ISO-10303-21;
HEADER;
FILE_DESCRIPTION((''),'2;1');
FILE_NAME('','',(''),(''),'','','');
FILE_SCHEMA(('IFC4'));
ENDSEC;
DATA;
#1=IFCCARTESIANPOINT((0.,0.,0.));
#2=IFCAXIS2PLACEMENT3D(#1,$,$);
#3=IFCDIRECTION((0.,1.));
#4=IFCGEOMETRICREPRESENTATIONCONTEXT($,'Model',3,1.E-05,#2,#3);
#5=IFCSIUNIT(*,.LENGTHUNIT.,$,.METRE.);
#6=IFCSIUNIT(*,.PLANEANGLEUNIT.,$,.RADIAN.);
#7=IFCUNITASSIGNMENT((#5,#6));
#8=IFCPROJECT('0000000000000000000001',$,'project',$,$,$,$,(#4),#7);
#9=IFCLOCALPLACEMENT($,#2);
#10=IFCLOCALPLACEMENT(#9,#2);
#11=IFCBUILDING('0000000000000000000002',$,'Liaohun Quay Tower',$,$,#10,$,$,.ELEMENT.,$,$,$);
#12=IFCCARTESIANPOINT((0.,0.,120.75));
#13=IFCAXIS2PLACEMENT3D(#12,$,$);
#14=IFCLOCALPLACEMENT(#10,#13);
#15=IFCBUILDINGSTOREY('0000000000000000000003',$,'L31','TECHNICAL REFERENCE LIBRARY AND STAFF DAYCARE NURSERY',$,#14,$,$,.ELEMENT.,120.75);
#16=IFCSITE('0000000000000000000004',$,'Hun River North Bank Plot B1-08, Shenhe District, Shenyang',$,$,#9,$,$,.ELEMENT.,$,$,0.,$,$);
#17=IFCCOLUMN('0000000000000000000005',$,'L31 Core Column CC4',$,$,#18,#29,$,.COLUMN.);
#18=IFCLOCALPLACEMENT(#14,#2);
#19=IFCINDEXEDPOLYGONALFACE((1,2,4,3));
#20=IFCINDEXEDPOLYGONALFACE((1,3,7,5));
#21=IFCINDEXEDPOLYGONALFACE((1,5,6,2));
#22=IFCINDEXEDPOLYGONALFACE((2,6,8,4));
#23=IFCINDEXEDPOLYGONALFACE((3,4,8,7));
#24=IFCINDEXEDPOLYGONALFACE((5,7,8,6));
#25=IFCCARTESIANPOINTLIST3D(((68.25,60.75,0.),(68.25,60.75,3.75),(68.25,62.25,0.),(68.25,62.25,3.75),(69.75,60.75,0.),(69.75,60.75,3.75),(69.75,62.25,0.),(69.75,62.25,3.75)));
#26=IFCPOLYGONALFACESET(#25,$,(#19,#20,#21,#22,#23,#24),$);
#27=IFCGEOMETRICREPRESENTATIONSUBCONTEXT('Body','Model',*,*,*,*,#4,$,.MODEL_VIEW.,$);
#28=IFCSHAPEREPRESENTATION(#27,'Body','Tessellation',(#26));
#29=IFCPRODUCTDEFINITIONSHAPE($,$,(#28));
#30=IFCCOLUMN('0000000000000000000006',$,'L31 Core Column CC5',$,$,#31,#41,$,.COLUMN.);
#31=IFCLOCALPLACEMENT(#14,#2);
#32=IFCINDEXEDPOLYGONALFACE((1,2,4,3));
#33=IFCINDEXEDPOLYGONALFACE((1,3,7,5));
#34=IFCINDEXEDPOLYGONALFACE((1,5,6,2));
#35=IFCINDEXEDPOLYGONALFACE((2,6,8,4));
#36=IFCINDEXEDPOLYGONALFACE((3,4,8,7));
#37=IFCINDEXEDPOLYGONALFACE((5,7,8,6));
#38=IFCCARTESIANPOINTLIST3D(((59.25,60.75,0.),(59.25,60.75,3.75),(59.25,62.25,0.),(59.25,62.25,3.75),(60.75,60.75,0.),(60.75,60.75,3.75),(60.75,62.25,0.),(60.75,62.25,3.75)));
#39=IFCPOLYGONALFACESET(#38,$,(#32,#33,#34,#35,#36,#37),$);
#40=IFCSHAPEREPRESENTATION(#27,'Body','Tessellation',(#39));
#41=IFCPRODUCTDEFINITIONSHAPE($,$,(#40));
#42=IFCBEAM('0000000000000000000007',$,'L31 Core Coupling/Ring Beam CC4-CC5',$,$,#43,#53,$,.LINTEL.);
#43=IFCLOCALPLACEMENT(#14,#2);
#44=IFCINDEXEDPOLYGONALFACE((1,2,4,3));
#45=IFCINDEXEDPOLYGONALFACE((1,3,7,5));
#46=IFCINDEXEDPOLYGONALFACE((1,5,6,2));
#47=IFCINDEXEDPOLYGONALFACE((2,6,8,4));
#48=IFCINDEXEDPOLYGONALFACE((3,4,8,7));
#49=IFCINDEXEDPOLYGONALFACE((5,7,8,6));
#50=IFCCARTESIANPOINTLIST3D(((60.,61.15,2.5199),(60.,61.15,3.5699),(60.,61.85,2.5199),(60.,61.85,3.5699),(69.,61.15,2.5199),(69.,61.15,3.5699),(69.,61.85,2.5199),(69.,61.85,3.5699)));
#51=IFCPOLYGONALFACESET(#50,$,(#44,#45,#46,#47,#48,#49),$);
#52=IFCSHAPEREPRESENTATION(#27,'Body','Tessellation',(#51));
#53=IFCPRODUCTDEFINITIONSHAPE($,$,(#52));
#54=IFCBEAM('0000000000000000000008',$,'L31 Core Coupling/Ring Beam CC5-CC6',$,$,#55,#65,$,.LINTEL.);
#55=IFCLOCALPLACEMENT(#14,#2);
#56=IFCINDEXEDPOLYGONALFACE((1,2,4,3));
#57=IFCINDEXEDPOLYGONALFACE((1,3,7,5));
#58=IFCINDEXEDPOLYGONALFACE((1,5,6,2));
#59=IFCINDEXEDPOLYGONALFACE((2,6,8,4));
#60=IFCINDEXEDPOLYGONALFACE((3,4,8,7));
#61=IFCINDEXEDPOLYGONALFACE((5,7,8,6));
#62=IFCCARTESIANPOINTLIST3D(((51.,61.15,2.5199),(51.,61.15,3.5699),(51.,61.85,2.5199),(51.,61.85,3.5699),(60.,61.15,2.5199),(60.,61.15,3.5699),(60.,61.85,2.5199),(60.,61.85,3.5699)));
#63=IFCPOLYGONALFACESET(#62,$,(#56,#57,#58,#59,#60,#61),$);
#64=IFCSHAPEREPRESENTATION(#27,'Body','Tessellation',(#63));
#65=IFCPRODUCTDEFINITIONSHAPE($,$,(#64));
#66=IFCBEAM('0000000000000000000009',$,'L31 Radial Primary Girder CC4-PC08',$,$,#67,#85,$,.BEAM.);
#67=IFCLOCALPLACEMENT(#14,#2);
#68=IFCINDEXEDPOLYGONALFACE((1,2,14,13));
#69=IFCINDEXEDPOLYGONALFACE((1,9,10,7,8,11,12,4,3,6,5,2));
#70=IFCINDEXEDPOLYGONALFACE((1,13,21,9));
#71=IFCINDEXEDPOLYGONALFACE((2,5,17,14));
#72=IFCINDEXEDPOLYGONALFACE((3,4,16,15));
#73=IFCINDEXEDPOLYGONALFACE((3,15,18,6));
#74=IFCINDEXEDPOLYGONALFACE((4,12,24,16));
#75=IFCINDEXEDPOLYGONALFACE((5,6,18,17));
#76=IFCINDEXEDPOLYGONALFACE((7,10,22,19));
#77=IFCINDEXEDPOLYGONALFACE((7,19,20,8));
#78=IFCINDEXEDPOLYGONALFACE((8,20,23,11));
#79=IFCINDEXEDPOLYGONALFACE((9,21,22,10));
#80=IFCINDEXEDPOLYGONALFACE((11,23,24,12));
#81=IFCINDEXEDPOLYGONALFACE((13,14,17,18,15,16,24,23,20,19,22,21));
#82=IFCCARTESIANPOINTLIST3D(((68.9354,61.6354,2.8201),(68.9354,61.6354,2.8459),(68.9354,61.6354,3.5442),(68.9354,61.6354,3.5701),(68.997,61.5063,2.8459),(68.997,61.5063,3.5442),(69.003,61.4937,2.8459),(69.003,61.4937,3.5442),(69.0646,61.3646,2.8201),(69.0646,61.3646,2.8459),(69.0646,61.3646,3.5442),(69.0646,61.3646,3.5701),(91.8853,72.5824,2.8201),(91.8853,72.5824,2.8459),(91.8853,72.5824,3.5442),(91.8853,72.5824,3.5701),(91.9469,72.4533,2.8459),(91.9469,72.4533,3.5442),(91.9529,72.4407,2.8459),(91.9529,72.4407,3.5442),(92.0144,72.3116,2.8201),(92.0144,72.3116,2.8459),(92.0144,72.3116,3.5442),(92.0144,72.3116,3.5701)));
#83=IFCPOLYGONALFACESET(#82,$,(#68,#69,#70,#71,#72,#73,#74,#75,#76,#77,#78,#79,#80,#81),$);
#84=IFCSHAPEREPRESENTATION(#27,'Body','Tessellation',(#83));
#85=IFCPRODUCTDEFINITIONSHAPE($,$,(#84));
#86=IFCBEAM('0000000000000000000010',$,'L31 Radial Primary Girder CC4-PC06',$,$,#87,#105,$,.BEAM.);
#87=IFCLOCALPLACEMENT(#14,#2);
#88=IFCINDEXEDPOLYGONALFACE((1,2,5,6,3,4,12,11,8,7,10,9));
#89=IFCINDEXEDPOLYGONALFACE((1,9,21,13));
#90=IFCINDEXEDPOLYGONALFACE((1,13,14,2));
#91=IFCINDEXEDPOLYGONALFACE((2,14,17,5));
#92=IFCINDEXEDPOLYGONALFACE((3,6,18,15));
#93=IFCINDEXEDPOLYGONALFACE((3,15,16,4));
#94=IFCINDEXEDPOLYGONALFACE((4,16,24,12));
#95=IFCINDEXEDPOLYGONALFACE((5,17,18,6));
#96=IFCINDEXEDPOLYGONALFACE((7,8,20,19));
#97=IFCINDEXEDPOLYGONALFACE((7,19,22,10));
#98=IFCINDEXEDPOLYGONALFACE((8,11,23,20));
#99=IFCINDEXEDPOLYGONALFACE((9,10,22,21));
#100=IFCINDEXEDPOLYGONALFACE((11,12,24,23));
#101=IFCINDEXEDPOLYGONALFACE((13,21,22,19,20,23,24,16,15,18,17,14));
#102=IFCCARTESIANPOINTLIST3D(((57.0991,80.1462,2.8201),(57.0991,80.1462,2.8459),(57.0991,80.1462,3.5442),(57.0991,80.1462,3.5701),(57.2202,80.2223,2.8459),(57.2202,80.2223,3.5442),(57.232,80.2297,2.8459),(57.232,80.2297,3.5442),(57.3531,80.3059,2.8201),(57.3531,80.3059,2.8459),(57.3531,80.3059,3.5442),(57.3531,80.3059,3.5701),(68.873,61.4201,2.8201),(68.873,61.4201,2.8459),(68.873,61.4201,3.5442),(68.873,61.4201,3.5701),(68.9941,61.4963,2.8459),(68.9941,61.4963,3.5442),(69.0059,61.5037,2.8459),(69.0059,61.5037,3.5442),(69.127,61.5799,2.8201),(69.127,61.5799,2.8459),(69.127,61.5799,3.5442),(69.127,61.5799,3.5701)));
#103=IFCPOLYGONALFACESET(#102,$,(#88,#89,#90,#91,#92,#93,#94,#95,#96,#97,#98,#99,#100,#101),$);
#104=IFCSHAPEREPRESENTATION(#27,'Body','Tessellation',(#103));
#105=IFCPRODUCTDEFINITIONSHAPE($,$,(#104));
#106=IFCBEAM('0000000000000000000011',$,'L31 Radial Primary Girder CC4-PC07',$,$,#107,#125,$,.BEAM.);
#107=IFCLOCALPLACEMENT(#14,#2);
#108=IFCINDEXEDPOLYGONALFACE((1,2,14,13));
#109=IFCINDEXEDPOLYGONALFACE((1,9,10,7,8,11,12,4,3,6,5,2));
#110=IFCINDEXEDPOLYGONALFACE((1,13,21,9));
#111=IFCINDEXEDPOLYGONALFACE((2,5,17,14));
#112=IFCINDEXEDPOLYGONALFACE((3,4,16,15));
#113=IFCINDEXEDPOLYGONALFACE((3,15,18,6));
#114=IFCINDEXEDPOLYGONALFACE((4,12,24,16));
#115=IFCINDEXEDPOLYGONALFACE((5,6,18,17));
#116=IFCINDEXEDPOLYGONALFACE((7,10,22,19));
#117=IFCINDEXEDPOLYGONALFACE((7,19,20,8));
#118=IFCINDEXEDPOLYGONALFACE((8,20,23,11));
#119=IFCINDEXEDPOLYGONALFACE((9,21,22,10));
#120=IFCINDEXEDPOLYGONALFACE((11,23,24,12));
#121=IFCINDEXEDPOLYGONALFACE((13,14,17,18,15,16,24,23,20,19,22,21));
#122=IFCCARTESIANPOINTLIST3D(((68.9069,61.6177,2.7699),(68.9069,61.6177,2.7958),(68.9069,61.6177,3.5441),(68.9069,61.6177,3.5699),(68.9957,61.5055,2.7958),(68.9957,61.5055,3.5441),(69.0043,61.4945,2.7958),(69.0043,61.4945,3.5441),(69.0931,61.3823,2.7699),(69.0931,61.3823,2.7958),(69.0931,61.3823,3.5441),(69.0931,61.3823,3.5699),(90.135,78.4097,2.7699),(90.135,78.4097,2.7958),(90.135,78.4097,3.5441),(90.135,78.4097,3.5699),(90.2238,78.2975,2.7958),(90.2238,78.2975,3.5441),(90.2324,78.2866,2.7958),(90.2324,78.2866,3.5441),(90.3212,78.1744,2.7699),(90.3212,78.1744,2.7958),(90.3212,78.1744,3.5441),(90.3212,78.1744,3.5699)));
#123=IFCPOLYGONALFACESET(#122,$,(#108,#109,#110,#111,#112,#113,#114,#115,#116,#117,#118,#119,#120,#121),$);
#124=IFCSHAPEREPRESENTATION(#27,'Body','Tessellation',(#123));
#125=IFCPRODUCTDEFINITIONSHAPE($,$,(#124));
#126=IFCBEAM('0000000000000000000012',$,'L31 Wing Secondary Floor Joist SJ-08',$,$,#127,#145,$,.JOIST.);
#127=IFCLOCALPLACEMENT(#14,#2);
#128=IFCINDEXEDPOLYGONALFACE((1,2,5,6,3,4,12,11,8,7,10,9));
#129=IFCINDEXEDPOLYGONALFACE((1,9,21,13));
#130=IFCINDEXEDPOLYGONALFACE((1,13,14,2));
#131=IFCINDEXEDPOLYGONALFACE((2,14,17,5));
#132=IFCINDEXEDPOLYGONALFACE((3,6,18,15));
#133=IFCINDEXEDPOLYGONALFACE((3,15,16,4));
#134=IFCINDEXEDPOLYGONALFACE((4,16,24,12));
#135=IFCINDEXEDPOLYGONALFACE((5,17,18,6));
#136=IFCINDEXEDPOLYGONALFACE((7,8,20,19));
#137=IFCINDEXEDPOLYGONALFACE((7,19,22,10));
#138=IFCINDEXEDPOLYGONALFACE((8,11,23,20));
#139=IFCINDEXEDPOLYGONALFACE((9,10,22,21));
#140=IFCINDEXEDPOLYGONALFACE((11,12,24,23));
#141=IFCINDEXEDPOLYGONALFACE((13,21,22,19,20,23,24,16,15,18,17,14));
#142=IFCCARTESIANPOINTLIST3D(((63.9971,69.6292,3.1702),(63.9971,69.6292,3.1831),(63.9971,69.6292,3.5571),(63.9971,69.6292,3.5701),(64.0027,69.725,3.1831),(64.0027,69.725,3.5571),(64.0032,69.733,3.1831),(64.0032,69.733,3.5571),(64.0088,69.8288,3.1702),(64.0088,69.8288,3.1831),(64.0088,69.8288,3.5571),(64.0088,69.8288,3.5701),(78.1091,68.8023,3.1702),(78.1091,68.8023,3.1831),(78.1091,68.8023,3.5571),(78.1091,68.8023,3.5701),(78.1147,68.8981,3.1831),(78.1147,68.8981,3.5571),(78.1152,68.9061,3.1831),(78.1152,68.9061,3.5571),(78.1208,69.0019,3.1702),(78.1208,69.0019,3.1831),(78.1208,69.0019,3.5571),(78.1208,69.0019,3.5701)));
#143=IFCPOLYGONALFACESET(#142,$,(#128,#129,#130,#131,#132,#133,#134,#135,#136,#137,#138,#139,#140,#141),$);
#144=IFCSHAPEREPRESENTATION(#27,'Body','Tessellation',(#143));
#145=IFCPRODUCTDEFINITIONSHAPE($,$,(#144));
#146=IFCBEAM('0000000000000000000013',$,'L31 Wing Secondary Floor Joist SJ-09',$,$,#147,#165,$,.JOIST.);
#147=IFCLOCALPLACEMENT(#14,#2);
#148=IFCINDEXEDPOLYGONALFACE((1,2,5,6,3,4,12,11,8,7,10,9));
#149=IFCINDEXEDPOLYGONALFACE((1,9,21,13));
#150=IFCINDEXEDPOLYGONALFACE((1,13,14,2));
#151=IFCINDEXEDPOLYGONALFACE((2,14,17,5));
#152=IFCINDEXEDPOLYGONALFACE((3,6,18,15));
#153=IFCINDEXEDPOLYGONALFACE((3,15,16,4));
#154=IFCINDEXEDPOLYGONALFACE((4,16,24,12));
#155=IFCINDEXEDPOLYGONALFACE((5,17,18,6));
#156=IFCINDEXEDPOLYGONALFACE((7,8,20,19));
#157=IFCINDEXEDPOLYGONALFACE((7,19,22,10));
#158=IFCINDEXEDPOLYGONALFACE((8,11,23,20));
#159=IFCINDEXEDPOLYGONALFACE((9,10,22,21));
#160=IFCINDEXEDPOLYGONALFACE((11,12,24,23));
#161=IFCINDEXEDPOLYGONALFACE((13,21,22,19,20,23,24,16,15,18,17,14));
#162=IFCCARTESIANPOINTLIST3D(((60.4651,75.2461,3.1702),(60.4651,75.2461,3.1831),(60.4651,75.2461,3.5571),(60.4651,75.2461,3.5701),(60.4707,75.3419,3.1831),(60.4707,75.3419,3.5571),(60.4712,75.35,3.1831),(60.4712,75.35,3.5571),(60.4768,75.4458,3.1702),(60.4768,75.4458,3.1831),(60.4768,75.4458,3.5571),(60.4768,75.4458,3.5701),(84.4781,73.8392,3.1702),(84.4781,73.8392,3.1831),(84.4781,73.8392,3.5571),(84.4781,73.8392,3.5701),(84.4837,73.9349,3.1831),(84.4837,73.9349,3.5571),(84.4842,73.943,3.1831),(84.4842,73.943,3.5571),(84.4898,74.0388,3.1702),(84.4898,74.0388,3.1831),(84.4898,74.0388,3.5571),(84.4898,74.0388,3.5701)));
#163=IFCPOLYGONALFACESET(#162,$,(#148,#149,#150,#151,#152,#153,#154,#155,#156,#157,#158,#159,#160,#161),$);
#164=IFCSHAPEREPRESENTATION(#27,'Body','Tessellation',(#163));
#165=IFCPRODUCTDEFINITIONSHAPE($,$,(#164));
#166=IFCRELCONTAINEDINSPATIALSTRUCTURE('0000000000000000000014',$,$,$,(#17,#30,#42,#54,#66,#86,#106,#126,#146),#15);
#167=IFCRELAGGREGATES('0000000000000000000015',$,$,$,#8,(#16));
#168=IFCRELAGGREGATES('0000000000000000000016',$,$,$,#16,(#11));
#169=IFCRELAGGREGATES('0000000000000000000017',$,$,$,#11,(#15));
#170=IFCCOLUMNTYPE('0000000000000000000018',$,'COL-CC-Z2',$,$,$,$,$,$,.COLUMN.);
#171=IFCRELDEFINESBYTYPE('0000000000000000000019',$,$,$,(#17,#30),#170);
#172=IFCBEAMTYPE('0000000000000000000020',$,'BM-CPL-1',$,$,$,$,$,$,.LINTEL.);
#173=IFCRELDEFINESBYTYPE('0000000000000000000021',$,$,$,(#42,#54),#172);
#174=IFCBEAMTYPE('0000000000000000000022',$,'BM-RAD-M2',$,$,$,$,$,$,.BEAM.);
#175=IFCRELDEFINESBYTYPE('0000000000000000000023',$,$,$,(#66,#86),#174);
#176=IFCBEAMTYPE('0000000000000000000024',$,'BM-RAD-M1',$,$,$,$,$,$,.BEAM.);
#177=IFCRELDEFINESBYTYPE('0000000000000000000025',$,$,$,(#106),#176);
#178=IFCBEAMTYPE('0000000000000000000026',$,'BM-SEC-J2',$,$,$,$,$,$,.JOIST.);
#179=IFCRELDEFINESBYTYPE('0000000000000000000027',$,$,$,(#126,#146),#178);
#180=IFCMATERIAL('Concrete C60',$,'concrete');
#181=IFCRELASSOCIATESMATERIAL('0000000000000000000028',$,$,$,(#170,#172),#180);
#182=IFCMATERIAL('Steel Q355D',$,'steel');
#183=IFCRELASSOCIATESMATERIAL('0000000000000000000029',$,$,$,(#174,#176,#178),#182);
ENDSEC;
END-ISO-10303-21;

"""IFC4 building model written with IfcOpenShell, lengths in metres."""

from ifc_helpers import new_model, si_unit, direction, frame, origin, origin_2d, place, context, subcontext, project, spatial, rectangle, i_section, extrude, source, transform, mapped, material, material_profile, profile_set, type_object, element, save


model = new_model("IFC4")

# Units and contexts
model_context = context("Model", 3, precision=1e-05, world=origin(), true_north=direction((0.0, 1.0)))
body_context = subcontext(model_context, "Body", "Model", "MODEL_VIEW")
ifc_project = project(units=[si_unit("LENGTHUNIT", "METRE"), si_unit("PLANEANGLEUNIT", "RADIAN")], contexts=[model_context])

# Site, building, storey
site_placement = place(None, origin())
site = spatial("IfcSite", under=ifc_project, at=site_placement, Name="Hun River North Bank Plot B1-08, Shenhe District, Shenyang", CompositionType="ELEMENT", RefElevation=0.0)
building_placement = place(site_placement, origin())
building = spatial("IfcBuilding", under=site, at=building_placement, Name="Liaohun Quay Tower", CompositionType="ELEMENT")
storey_placement = place(building_placement, frame((0.0, 0.0, 120.75)))
storey = spatial("IfcBuildingStorey", under=building, at=storey_placement, Name="L31", Description="TECHNICAL REFERENCE LIBRARY AND STAFF DAYCARE NURSERY", CompositionType="ELEMENT", Elevation=120.75)

# Columns
ifc_material_1 = material(Name="Concrete C60", Category="concrete")
ifc_material_profile_1 = material_profile(ifc_material_1, rectangle(XDim=1.5, YDim=1.5, at=origin_2d()), Name="RC1500x1500")
ifc_profile_set_1 = profile_set([ifc_material_profile_1], Name="Concrete C60")
column_type = type_object("IfcColumnType", Name="COL-CC-Z2", PredefinedType="COLUMN", material=ifc_profile_set_1)
shared_shape_1 = source(origin(), body_context, "Body", "SweptSolid", [
    extrude(rectangle(XDim=1.5, YDim=1.5, at=origin_2d()), origin(), (0.0, 0.0, 1.0), 3.75),
])
for number, where, z_axis, x_axis, name in (
    (1, (69.0, 61.5, 0.0), (0.0, 0.0, 1.0), (1.0, 0.0, 0.0), "L31 Core Column CC4"),
    (2, (60.0, 61.5, 0.0), (0.0, 0.0, 1.0), (1.0, 0.0, 0.0), "L31 Core Column CC5"),
):
    element("IfcColumn", number, at=place(storey_placement, frame(where, z_axis=z_axis, x_axis=x_axis)), inside=storey, type_object=column_type, Name=name, PredefinedType="COLUMN", context=body_context, shape_type="MappedRepresentation", body=[
        mapped(shared_shape_1, transform((0.0, 0.0, 0.0), x_axis=(1.0, 0.0, 0.0), y_axis=(0.0, 1.0, 0.0), z_axis=(0.0, 0.0, 1.0), scale=1.0)),
    ])

# Beams
ifc_material_profile_2 = material_profile(ifc_material_1, rectangle(XDim=0.7, YDim=1.05, at=origin_2d()), Name="RC700x1050")
ifc_profile_set_2 = profile_set([ifc_material_profile_2], Name="Concrete C60")
beam_type_1 = type_object("IfcBeamType", Name="BM-CPL-1", PredefinedType="LINTEL", material=ifc_profile_set_2)
shared_shape_2 = source(origin(), body_context, "Body", "SweptSolid", [
    extrude(rectangle(XDim=0.7, YDim=1.05, at=origin_2d()), origin(), (0.0, 0.0, 1.0), 9.0),
])
for number, where, z_axis, x_axis, name in (
    (3, (69.0, 61.5, 3.0449), (-1.0, 0.0, 0.0), (0.0, -1.0, 0.0), "L31 Core Coupling/Ring Beam CC4-CC5"),
    (4, (60.0, 61.5, 3.0449), (-1.0, 0.0, 0.0), (0.0, -1.0, 0.0), "L31 Core Coupling/Ring Beam CC5-CC6"),
):
    element("IfcBeam", number, at=place(storey_placement, frame(where, z_axis=z_axis, x_axis=x_axis)), inside=storey, type_object=beam_type_1, Name=name, PredefinedType="LINTEL", context=body_context, shape_type="MappedRepresentation", body=[
        mapped(shared_shape_2, transform((0.0, 0.0, 0.0), x_axis=(1.0, 0.0, 0.0), y_axis=(0.0, 1.0, 0.0), z_axis=(0.0, 0.0, 1.0), scale=1.0)),
    ])
ifc_material_2 = material(Name="Steel Q355D", Category="steel")
ifc_material_profile_3 = material_profile(ifc_material_2, i_section(OverallWidth=0.3, OverallDepth=0.75, WebThickness=0.0139, FlangeThickness=0.0259, at=origin_2d()), Name="HN750x300x14x26")
ifc_profile_set_3 = profile_set([ifc_material_profile_3], Name="Steel Q355D")
beam_type_2 = type_object("IfcBeamType", Name="BM-RAD-M2", PredefinedType="BEAM", material=ifc_profile_set_3)
shared_shape_3 = source(origin(), body_context, "Body", "SweptSolid", [
    extrude(i_section(OverallWidth=0.3, OverallDepth=0.75, WebThickness=0.0139, FlangeThickness=0.0259, at=origin_2d()), origin(), (0.0, 0.0, 1.0), 25.427),
])
beam_1_placement = place(storey_placement, frame((69.0, 61.5, 3.1951), z_axis=(0.902578, 0.430526, 0.0), x_axis=(-0.430526, 0.902578, 0.0)))
element("IfcBeam", 5, at=beam_1_placement, inside=storey, type_object=beam_type_2, Name="L31 Radial Primary Girder CC4-PC08", PredefinedType="BEAM", context=body_context, shape_type="MappedRepresentation", body=[
    mapped(shared_shape_3, transform((0.0, 0.0, 0.0), x_axis=(1.0, 0.0, 0.0), y_axis=(0.0, 1.0, 0.0), z_axis=(0.0, 0.0, 1.0), scale=1.0)),
])
shared_shape_4 = source(origin(), body_context, "Body", "SweptSolid", [
    extrude(i_section(OverallWidth=0.3, OverallDepth=0.75, WebThickness=0.0139, FlangeThickness=0.0259, at=origin_2d()), origin(), (0.0, 0.0, 1.0), 22.1199),
])
beam_2_placement = place(storey_placement, frame((69.0, 61.5, 3.1951), z_axis=(-0.532277, 0.84657, 0.0), x_axis=(-0.84657, -0.532277, 0.0)))
element("IfcBeam", 6, at=beam_2_placement, inside=storey, type_object=beam_type_2, Name="L31 Radial Primary Girder CC4-PC06", PredefinedType="BEAM", context=body_context, shape_type="MappedRepresentation", body=[
    mapped(shared_shape_4, transform((0.0, 0.0, 0.0), x_axis=(1.0, 0.0, 0.0), y_axis=(0.0, 1.0, 0.0), z_axis=(0.0, 0.0, 1.0), scale=1.0)),
])
ifc_material_profile_4 = material_profile(ifc_material_2, i_section(OverallWidth=0.3, OverallDepth=0.8, WebThickness=0.0139, FlangeThickness=0.0259, at=origin_2d()), Name="HN800x300x14x26")
ifc_profile_set_4 = profile_set([ifc_material_profile_4], Name="Steel Q355D")
beam_type_3 = type_object("IfcBeamType", Name="BM-RAD-M1", PredefinedType="BEAM", material=ifc_profile_set_4)
shared_shape_5 = source(origin(), body_context, "Body", "SweptSolid", [
    extrude(i_section(OverallWidth=0.3, OverallDepth=0.8, WebThickness=0.0139, FlangeThickness=0.0259, at=origin_2d()), origin(), (0.0, 0.0, 1.0), 27.0667),
])
beam_3_placement = place(storey_placement, frame((69.0, 61.5, 3.1699), z_axis=(0.784289, 0.620396, 0.0), x_axis=(-0.620396, 0.784289, 0.0)))
element("IfcBeam", 7, at=beam_3_placement, inside=storey, type_object=beam_type_3, Name="L31 Radial Primary Girder CC4-PC07", PredefinedType="BEAM", context=body_context, shape_type="MappedRepresentation", body=[
    mapped(shared_shape_5, transform((0.0, 0.0, 0.0), x_axis=(1.0, 0.0, 0.0), y_axis=(0.0, 1.0, 0.0), z_axis=(0.0, 0.0, 1.0), scale=1.0)),
])
ifc_material_profile_5 = material_profile(ifc_material_2, i_section(OverallWidth=0.2, OverallDepth=0.3999, WebThickness=0.0081, FlangeThickness=0.0129, at=origin_2d()), Name="HN400x200x8x13")
ifc_profile_set_5 = profile_set([ifc_material_profile_5], Name="Steel Q355D")
beam_type_4 = type_object("IfcBeamType", Name="BM-SEC-J2", PredefinedType="JOIST", material=ifc_profile_set_5)
shared_shape_6 = source(origin(), body_context, "Body", "SweptSolid", [
    extrude(i_section(OverallWidth=0.2, OverallDepth=0.3999, WebThickness=0.0081, FlangeThickness=0.0129, at=origin_2d()), origin(), (0.0, 0.0, 1.0), 14.1362),
])
beam_4_placement = place(storey_placement, frame((64.0029, 69.729, 3.3701), z_axis=(0.998288, -0.058495, 0.0), x_axis=(0.058495, 0.998288, 0.0)))
element("IfcBeam", 8, at=beam_4_placement, inside=storey, type_object=beam_type_4, Name="L31 Wing Secondary Floor Joist SJ-08", PredefinedType="JOIST", context=body_context, shape_type="MappedRepresentation", body=[
    mapped(shared_shape_6, transform((0.0, 0.0, 0.0), x_axis=(1.0, 0.0, 0.0), y_axis=(0.0, 1.0, 0.0), z_axis=(0.0, 0.0, 1.0), scale=1.0)),
])
shared_shape_7 = source(origin(), body_context, "Body", "SweptSolid", [
    extrude(i_section(OverallWidth=0.2, OverallDepth=0.3999, WebThickness=0.0081, FlangeThickness=0.0129, at=origin_2d()), origin(), (0.0, 0.0, 1.0), 24.0542),
])
beam_5_placement = place(storey_placement, frame((60.4709, 75.3459, 3.3701), z_axis=(0.998288, -0.058492, 0.0), x_axis=(0.058492, 0.998288, 0.0)))
element("IfcBeam", 9, at=beam_5_placement, inside=storey, type_object=beam_type_4, Name="L31 Wing Secondary Floor Joist SJ-09", PredefinedType="JOIST", context=body_context, shape_type="MappedRepresentation", body=[
    mapped(shared_shape_7, transform((0.0, 0.0, 0.0), x_axis=(1.0, 0.0, 0.0), y_axis=(0.0, 1.0, 0.0), z_axis=(0.0, 0.0, 1.0), scale=1.0)),
])

save(model, "model.ifc")
